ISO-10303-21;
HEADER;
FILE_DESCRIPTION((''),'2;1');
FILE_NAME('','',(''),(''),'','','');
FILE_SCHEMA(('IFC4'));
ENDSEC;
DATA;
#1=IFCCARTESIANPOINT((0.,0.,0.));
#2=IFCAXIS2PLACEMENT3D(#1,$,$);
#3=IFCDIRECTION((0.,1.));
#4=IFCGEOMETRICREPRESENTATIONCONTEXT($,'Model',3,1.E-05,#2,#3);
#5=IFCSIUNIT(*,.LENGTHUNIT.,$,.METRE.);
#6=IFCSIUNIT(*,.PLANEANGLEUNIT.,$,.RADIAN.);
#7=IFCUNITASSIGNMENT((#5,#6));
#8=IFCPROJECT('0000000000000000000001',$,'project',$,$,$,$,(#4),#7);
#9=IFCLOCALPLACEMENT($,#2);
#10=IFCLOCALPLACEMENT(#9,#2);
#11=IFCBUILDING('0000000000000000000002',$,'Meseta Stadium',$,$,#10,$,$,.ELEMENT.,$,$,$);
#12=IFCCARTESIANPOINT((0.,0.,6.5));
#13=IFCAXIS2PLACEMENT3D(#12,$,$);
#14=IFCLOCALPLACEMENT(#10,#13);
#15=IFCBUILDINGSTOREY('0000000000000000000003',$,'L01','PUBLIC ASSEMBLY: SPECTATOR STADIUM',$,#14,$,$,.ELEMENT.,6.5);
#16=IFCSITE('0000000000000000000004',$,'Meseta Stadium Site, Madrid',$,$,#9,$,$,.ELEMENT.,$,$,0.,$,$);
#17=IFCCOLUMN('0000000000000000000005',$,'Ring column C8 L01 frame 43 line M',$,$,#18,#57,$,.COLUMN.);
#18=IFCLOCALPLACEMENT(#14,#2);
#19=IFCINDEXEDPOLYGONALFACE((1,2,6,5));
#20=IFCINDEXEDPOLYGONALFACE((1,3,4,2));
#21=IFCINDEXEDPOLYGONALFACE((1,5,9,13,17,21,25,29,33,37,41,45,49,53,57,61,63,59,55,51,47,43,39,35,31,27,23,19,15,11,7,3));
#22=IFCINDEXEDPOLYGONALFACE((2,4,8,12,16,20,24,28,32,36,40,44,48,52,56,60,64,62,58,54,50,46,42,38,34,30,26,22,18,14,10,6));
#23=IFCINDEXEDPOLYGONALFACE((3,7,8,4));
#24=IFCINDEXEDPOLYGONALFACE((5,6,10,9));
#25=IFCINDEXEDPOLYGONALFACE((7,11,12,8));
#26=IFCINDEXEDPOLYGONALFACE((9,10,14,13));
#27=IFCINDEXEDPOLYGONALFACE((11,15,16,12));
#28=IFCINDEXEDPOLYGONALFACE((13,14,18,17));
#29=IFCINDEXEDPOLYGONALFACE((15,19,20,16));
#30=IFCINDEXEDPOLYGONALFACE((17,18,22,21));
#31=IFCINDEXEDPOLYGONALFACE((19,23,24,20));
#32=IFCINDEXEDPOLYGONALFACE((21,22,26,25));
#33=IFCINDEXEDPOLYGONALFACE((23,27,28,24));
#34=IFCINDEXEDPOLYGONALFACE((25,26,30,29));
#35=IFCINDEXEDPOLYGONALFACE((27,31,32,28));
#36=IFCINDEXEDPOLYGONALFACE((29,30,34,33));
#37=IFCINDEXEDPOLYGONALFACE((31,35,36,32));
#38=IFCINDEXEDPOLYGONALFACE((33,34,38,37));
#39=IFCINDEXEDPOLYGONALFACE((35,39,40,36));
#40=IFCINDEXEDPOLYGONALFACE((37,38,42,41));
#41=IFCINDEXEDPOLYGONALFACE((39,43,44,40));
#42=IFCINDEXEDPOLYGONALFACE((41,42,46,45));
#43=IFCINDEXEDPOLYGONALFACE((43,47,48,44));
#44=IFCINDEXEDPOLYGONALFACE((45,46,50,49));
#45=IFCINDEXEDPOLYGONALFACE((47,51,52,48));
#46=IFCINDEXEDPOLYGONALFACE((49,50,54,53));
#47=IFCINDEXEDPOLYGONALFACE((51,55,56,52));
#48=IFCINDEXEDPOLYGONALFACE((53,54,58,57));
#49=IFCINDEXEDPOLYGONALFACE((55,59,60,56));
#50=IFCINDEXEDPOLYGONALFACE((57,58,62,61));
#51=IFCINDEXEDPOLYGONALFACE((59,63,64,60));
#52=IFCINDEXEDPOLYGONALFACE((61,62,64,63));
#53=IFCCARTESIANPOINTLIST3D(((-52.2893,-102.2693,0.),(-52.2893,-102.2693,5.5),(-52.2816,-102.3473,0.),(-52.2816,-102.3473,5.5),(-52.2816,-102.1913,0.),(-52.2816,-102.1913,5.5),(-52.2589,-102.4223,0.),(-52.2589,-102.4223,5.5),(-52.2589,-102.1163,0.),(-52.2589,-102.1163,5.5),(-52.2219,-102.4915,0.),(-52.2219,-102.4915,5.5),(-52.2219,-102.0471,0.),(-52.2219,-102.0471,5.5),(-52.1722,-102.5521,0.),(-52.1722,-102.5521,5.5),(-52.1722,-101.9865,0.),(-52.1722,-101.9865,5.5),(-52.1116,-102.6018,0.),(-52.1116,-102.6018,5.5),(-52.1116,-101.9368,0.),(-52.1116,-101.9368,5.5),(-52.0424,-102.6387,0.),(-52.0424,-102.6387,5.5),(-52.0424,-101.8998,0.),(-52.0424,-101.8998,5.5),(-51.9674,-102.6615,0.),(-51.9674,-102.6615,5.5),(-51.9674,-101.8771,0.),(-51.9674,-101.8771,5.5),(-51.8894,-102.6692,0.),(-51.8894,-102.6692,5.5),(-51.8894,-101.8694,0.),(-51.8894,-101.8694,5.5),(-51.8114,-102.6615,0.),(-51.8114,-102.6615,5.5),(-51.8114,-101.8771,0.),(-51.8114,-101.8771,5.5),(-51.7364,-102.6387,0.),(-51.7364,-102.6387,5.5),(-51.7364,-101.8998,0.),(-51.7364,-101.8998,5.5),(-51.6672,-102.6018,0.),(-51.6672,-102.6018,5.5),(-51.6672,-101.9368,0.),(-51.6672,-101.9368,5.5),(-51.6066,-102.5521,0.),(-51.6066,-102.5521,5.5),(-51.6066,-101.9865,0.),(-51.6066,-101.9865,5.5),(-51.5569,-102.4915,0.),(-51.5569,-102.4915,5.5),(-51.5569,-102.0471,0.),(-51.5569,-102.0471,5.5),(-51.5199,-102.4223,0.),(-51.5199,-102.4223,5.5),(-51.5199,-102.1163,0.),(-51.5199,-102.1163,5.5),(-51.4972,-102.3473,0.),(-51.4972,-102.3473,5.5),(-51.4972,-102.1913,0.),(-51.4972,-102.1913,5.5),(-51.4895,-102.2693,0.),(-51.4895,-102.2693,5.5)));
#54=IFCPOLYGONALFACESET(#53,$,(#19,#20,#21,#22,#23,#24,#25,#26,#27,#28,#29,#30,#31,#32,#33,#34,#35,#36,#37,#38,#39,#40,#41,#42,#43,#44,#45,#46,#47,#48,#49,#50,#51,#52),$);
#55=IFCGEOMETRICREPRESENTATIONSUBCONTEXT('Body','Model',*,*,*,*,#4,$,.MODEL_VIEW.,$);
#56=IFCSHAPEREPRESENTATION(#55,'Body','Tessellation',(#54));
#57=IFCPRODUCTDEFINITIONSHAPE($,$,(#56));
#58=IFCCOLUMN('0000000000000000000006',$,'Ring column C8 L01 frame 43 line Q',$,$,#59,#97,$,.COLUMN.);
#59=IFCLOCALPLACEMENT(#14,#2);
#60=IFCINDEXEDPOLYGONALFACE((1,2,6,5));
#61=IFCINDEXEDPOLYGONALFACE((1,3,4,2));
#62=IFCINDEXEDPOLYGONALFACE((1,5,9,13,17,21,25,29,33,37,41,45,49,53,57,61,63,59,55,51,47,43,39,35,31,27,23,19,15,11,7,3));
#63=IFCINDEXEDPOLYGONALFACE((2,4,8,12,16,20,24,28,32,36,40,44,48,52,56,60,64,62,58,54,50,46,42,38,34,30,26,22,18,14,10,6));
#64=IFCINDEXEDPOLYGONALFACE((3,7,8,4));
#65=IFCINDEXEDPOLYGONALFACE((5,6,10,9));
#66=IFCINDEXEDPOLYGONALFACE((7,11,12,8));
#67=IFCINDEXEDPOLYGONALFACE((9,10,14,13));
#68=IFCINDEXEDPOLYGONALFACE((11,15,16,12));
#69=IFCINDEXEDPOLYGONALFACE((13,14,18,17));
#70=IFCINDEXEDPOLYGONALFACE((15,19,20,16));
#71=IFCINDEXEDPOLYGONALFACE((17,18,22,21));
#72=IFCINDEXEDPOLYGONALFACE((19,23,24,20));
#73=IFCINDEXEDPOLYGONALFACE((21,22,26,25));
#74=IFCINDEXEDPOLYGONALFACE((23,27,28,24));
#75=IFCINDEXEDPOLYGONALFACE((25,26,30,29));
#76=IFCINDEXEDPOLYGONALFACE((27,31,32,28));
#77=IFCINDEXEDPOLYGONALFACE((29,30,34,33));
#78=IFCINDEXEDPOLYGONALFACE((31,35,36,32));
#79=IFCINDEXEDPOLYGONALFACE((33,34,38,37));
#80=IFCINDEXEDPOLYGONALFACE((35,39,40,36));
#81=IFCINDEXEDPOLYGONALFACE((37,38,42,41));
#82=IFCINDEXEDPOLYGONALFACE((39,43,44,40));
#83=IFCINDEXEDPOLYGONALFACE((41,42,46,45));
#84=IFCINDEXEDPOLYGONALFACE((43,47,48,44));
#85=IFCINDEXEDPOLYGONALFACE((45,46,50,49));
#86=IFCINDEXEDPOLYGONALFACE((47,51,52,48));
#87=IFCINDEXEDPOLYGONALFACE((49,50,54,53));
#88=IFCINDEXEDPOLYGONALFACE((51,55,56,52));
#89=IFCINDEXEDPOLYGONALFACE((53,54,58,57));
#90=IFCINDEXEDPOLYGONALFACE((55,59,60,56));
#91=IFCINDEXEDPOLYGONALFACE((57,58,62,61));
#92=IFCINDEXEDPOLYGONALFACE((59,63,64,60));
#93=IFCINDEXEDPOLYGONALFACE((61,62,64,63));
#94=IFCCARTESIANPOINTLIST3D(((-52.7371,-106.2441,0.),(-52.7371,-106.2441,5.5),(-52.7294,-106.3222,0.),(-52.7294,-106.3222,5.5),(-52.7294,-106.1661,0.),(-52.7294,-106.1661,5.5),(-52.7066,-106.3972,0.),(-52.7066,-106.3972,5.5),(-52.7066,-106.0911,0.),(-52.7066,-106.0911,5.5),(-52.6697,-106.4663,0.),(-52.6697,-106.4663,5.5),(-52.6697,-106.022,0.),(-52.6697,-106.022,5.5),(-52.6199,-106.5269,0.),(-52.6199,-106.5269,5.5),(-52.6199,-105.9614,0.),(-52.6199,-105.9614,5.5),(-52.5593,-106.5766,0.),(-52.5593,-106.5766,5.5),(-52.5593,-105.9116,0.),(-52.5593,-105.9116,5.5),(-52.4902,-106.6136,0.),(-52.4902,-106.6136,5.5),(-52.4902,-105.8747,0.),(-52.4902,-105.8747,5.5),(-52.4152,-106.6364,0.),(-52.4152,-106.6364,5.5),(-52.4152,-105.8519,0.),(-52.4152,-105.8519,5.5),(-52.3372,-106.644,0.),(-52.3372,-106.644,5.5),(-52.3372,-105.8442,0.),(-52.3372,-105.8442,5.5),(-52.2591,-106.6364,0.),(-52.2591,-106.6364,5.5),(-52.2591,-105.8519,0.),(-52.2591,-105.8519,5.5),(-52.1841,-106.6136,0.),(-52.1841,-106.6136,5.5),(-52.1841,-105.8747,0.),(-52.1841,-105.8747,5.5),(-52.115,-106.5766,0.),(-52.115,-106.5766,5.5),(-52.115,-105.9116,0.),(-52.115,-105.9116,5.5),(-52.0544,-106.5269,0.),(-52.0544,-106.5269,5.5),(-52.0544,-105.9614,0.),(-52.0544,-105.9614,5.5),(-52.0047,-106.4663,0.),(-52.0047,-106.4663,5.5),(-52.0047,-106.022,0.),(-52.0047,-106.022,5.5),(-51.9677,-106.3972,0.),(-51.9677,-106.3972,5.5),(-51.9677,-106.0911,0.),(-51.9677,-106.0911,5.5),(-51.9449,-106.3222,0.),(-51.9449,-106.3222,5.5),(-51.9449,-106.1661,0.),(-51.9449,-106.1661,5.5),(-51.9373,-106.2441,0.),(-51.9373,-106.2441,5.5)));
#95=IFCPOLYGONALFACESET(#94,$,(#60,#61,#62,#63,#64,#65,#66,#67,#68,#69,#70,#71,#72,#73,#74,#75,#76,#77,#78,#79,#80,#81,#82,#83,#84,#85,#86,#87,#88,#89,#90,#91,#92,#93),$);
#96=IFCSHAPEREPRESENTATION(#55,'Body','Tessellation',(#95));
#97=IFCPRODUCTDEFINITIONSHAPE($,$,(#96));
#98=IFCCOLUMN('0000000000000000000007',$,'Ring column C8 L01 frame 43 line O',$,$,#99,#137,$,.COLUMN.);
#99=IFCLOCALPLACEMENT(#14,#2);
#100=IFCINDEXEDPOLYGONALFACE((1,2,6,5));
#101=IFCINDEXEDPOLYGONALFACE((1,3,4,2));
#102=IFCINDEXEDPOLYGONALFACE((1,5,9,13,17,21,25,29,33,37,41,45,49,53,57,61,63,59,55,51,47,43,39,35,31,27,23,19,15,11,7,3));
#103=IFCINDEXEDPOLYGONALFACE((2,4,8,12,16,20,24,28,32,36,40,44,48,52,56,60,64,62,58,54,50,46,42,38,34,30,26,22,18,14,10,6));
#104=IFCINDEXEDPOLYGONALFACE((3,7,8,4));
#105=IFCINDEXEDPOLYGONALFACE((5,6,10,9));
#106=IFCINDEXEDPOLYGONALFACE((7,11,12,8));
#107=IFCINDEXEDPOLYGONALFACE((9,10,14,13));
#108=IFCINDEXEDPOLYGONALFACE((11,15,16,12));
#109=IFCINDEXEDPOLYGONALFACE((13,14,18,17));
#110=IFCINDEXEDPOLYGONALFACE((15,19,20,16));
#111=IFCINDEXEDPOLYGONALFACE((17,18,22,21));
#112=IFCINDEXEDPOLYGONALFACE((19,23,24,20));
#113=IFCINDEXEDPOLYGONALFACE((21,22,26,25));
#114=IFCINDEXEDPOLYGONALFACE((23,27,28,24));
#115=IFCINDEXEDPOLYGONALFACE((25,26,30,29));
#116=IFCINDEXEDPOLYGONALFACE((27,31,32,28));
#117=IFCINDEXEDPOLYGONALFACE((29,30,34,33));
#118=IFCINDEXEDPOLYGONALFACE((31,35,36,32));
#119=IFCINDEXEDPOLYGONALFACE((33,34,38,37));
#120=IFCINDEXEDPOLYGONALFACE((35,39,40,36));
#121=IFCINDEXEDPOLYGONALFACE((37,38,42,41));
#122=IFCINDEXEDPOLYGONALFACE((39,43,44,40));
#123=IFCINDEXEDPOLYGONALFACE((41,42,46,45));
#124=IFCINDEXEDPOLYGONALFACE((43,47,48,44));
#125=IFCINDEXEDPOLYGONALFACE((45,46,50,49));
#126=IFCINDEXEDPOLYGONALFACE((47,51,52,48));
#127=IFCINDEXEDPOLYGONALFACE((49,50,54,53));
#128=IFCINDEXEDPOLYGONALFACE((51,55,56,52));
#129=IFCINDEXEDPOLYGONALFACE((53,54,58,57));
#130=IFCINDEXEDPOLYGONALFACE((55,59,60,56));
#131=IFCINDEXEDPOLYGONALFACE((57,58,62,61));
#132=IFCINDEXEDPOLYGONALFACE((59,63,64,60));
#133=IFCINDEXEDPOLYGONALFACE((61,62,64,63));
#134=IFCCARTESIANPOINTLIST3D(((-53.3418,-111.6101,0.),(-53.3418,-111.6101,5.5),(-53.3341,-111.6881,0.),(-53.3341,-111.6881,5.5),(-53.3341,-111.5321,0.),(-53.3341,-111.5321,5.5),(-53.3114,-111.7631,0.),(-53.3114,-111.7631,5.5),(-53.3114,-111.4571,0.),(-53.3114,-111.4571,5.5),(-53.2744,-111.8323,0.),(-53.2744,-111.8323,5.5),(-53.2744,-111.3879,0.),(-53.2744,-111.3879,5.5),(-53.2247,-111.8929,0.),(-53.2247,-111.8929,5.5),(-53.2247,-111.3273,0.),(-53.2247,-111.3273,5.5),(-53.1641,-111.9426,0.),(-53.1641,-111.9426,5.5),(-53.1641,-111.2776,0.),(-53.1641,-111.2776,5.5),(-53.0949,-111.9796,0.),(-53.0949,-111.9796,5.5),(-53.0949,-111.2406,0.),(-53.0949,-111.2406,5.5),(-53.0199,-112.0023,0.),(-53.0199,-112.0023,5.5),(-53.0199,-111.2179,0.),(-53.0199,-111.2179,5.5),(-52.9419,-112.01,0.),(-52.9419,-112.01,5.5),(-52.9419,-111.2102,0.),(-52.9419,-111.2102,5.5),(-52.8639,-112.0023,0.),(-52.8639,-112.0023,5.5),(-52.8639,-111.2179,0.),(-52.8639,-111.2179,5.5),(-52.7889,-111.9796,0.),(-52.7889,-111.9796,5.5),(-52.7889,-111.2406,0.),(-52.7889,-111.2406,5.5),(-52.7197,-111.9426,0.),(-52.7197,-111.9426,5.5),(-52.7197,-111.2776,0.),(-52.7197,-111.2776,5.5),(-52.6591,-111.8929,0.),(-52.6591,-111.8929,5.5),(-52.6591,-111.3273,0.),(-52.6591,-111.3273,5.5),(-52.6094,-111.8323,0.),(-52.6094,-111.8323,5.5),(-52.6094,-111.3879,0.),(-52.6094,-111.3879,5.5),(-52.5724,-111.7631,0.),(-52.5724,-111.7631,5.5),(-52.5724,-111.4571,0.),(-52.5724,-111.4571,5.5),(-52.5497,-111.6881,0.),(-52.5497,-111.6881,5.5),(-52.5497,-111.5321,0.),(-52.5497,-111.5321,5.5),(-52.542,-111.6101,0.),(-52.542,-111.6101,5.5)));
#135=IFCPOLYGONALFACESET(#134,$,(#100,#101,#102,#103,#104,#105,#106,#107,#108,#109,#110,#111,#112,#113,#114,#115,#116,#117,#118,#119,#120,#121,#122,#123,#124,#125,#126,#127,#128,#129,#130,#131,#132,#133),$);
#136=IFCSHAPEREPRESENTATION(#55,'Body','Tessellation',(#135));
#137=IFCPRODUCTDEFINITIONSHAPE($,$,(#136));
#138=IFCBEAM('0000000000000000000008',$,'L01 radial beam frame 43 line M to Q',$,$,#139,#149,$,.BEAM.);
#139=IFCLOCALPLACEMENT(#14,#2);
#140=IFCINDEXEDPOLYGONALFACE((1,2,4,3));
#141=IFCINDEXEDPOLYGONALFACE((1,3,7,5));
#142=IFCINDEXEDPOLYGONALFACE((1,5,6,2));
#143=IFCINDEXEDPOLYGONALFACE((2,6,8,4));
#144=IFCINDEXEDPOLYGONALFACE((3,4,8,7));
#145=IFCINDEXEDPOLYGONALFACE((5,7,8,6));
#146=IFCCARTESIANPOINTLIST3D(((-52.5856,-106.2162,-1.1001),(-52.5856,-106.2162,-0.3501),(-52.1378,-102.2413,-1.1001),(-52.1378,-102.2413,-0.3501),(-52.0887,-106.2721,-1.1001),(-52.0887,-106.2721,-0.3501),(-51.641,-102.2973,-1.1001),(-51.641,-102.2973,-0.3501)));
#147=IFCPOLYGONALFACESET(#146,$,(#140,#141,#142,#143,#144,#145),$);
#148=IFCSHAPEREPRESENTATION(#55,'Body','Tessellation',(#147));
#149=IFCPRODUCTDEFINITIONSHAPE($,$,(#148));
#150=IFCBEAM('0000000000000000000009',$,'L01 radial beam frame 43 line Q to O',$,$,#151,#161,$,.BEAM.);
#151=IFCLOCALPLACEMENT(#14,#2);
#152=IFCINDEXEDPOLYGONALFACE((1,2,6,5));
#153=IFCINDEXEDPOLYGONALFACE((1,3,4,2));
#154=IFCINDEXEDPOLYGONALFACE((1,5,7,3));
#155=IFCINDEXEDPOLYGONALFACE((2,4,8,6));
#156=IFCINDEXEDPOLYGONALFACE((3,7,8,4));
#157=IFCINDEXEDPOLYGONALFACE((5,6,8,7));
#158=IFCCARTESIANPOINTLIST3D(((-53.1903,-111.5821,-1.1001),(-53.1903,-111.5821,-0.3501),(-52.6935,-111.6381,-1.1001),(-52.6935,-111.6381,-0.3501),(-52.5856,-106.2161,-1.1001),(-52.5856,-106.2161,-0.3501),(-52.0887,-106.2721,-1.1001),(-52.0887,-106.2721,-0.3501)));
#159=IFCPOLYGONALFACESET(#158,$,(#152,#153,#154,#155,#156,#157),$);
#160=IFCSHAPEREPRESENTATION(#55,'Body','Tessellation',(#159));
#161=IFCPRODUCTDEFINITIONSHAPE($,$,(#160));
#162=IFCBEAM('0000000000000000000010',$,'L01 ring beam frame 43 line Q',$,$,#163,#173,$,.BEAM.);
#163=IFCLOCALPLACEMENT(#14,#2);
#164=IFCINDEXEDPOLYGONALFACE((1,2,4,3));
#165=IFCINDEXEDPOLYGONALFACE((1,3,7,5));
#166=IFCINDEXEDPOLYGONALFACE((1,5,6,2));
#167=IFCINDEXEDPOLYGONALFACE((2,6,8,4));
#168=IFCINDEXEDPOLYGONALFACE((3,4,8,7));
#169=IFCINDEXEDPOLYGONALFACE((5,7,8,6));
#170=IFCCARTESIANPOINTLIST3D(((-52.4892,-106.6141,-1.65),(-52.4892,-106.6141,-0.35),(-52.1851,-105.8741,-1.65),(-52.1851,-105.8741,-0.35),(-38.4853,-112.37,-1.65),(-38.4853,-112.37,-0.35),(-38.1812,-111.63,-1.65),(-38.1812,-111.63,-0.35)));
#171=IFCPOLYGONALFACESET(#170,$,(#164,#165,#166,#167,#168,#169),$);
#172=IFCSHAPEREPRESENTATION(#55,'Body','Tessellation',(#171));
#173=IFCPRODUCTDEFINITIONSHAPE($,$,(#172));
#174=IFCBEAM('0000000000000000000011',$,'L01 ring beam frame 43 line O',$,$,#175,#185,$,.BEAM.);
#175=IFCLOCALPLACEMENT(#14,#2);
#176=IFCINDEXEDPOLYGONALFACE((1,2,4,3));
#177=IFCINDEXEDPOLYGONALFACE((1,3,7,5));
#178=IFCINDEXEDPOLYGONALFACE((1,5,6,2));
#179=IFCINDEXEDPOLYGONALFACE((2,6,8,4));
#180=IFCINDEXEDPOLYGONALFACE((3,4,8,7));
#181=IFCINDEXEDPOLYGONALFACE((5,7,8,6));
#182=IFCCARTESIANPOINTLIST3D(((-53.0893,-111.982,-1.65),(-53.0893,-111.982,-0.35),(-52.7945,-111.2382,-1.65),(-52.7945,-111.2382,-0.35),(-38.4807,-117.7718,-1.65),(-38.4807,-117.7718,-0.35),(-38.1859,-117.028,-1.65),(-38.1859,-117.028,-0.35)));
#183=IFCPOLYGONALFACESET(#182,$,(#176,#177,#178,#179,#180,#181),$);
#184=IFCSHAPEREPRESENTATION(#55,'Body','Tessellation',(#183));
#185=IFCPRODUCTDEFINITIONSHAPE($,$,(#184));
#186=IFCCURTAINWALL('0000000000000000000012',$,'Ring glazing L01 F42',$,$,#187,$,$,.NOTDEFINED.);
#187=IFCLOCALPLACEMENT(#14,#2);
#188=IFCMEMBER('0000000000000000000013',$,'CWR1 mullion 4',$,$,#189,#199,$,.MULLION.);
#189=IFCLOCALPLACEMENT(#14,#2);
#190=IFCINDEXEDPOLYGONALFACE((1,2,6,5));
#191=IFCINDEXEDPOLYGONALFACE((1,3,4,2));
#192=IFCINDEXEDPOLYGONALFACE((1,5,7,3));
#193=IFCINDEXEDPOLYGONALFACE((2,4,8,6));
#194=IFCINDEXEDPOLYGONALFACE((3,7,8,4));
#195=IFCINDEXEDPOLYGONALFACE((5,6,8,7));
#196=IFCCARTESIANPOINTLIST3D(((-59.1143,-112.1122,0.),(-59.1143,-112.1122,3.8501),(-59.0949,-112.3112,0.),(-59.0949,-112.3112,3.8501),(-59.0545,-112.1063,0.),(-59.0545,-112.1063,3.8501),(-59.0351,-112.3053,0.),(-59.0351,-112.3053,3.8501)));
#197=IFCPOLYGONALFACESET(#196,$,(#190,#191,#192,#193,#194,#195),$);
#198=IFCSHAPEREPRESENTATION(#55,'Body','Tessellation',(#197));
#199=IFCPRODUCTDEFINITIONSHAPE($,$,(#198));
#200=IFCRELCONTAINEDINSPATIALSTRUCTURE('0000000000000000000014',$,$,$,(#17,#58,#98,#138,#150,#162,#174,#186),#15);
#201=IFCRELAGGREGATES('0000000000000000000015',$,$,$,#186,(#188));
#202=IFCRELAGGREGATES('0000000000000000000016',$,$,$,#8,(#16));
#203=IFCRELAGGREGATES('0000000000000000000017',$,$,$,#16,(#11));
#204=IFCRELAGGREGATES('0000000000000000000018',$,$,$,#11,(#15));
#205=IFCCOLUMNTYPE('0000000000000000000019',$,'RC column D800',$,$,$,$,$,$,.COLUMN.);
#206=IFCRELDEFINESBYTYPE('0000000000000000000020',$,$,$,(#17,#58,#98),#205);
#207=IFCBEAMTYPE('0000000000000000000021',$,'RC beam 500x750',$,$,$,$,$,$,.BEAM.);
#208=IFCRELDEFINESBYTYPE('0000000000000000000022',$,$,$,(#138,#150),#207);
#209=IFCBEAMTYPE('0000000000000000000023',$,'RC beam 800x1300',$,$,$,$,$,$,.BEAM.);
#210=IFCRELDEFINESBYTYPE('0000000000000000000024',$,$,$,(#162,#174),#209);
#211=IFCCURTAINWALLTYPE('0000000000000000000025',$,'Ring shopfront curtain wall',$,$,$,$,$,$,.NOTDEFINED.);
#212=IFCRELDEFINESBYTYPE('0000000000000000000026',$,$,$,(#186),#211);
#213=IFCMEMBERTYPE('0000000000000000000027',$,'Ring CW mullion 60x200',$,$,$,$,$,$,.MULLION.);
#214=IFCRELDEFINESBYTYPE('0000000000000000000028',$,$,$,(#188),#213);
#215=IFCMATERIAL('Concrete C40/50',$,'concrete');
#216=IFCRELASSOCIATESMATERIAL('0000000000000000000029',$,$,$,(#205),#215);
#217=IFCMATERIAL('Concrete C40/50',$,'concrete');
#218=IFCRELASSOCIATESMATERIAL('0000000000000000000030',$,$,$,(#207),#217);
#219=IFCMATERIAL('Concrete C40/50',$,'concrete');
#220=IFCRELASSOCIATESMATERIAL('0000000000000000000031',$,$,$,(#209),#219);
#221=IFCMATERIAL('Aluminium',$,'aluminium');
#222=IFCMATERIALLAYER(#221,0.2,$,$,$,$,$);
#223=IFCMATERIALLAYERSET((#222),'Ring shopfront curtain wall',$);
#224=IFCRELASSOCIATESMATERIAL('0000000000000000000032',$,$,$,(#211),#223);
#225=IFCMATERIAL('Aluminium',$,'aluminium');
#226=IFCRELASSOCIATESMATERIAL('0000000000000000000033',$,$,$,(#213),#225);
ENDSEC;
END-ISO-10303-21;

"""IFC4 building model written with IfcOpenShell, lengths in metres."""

from ifc_helpers import new_model, si_unit, direction, frame, origin, origin_2d, place, context, subcontext, project, spatial, rectangle, circle, extrude, material, layer, layer_set, material_profile, profile_set, type_object, element, aggregate, save


model = new_model("IFC4")

# Units and contexts
model_context = context("Model", 3, precision=1e-05, world=origin(), true_north=direction((0.0, 1.0)))
body_context = subcontext(model_context, "Body", "Model", "MODEL_VIEW")
ifc_project = project(units=[si_unit("LENGTHUNIT", "METRE"), si_unit("PLANEANGLEUNIT", "RADIAN")], contexts=[model_context])

# Site, building, storey
site_placement = place(None, origin())
site = spatial("IfcSite", under=ifc_project, at=site_placement, Name="Meseta Stadium Site, Madrid", CompositionType="ELEMENT", RefElevation=0.0)
building_placement = place(site_placement, origin())
building = spatial("IfcBuilding", under=site, at=building_placement, Name="Meseta Stadium", CompositionType="ELEMENT")
storey_placement = place(building_placement, frame((0.0, 0.0, 6.5)))
storey = spatial("IfcBuildingStorey", under=building, at=storey_placement, Name="L01", Description="PUBLIC ASSEMBLY: SPECTATOR STADIUM", CompositionType="ELEMENT", Elevation=6.5)

# Columns
ifc_material_1 = material(Name="Concrete C40/50", Category="concrete")
ifc_material_profile_1 = material_profile(ifc_material_1, circle(Radius=0.3999, at=origin_2d()), Name="RC D800")
ifc_profile_set_1 = profile_set([ifc_material_profile_1], Name="Concrete C40/50")
column_type = type_object("IfcColumnType", Name="RC column D800", PredefinedType="COLUMN", material=ifc_profile_set_1)
for number, where, z_axis, x_axis, name in (
    (1, (-51.8894, -102.2693, 0.0), (0.0, 0.0, 1.0), (1.0, 0.0, 0.0), "Ring column C8 L01 frame 43 line M"),
    (2, (-52.3372, -106.2441, 0.0), (0.0, 0.0, 1.0), (1.0, 0.0, 0.0), "Ring column C8 L01 frame 43 line Q"),
    (3, (-52.9419, -111.6101, 0.0), (0.0, 0.0, 1.0), (1.0, 0.0, 0.0), "Ring column C8 L01 frame 43 line O"),
):
    element("IfcColumn", number, at=place(storey_placement, frame(where, z_axis=z_axis, x_axis=x_axis)), inside=storey, type_object=column_type, Name=name, PredefinedType="COLUMN", context=body_context, shape_type="SweptSolid", body=[
        extrude(circle(Radius=0.3999, at=origin_2d()), origin(), (0.0, 0.0, 1.0), 5.5),
    ])

# Beams
ifc_material_2 = material(Name="Concrete C40/50", Category="concrete")
ifc_material_profile_2 = material_profile(ifc_material_2, rectangle(XDim=0.5, YDim=0.75, at=origin_2d()), Name="RC 500x750")
ifc_profile_set_2 = profile_set([ifc_material_profile_2], Name="Concrete C40/50")
beam_type_1 = type_object("IfcBeamType", Name="RC beam 500x750", PredefinedType="BEAM", material=ifc_profile_set_2)
beam_1_placement = place(storey_placement, frame((-51.8894, -102.2693, -0.7251), z_axis=(-0.111939, -0.993715, 0.0), x_axis=(0.993715, -0.111939, 0.0)))
element("IfcBeam", 4, at=beam_1_placement, inside=storey, type_object=beam_type_1, Name="L01 radial beam frame 43 line M to Q", PredefinedType="BEAM", context=body_context, shape_type="SweptSolid", body=[
    extrude(rectangle(XDim=0.5, YDim=0.75, at=origin_2d()), origin(), (0.0, 0.0, 1.0), 4.0),
])
beam_2_placement = place(storey_placement, frame((-52.3372, -106.2441, -0.7251), z_axis=(-0.11199, -0.993709, 0.0), x_axis=(0.993709, -0.11199, 0.0)))
element("IfcBeam", 5, at=beam_2_placement, inside=storey, type_object=beam_type_1, Name="L01 radial beam frame 43 line Q to O", PredefinedType="BEAM", context=body_context, shape_type="SweptSolid", body=[
    extrude(rectangle(XDim=0.5, YDim=0.75, at=origin_2d()), origin(), (0.0, 0.0, 1.0), 5.3999),
])
ifc_material_3 = material(Name="Concrete C40/50", Category="concrete")
ifc_material_profile_3 = material_profile(ifc_material_3, rectangle(XDim=0.8, YDim=1.3, at=origin_2d()), Name="RC 800x1300")
ifc_profile_set_3 = profile_set([ifc_material_profile_3], Name="Concrete C40/50")
beam_type_2 = type_object("IfcBeamType", Name="RC beam 800x1300", PredefinedType="BEAM", material=ifc_profile_set_3)
beam_3_placement = place(storey_placement, frame((-52.3372, -106.2441, -1.0), z_axis=(0.924921, -0.380159, 0.0), x_axis=(0.380159, 0.924921, 0.0)))
element("IfcBeam", 6, at=beam_3_placement, inside=storey, type_object=beam_type_2, Name="L01 ring beam frame 43 line Q", PredefinedType="BEAM", context=body_context, shape_type="SweptSolid", body=[
    extrude(rectangle(XDim=0.8, YDim=1.3, at=origin_2d()), origin(), (0.0, 0.0, 1.0), 15.1406),
])
beam_4_placement = place(storey_placement, frame((-52.9419, -111.6101, -1.0), z_axis=(0.92965, -0.368445, 0.0), x_axis=(0.368445, 0.92965, 0.0)))
element("IfcBeam", 7, at=beam_4_placement, inside=storey, type_object=beam_type_2, Name="L01 ring beam frame 43 line O", PredefinedType="BEAM", context=body_context, shape_type="SweptSolid", body=[
    extrude(rectangle(XDim=0.8, YDim=1.3, at=origin_2d()), origin(), (0.0, 0.0, 1.0), 15.7141),
])

# Curtain wall, member
ifc_material_4 = material(Name="Aluminium", Category="aluminium")
ifc_layer_1 = layer(ifc_material_4, 0.2)
ifc_layer_set_1 = layer_set([ifc_layer_1], Name="Ring shopfront curtain wall")
curtain_wall_type = type_object("IfcCurtainWallType", Name="Ring shopfront curtain wall", PredefinedType="NOTDEFINED", material=ifc_layer_set_1)
curtain_wall_placement = place(storey_placement, origin())
curtain_wall = element("IfcCurtainWall", 8, at=curtain_wall_placement, inside=storey, type_object=curtain_wall_type, Name="Ring glazing L01 F42", PredefinedType="NOTDEFINED")
ifc_material_5 = material(Name="Aluminium", Category="aluminium")
ifc_material_profile_4 = material_profile(ifc_material_5, rectangle(XDim=0.2, YDim=0.0601, at=origin_2d()), Name="CW 200x60")
ifc_profile_set_4 = profile_set([ifc_material_profile_4], Name="Aluminium")
member_type_1 = type_object("IfcMemberType", Name="Ring CW mullion 60x200", PredefinedType="MULLION", material=ifc_profile_set_4)
member_1_placement = place(storey_placement, frame((-59.0747, -112.2087, 0.0), z_axis=(0.0, 0.0, 1.0), x_axis=(-0.097125, 0.995272, 0.0)))
member_1 = element("IfcMember", 9, at=member_1_placement, type_object=member_type_1, Name="CWR1 mullion 4", PredefinedType="MULLION", context=body_context, shape_type="SweptSolid", body=[
    extrude(rectangle(XDim=0.2, YDim=0.0601, at=origin_2d()), origin(), (0.0, 0.0, 1.0), 3.8501),
])
aggregate(curtain_wall, [member_1])

save(model, "model.ifc")
